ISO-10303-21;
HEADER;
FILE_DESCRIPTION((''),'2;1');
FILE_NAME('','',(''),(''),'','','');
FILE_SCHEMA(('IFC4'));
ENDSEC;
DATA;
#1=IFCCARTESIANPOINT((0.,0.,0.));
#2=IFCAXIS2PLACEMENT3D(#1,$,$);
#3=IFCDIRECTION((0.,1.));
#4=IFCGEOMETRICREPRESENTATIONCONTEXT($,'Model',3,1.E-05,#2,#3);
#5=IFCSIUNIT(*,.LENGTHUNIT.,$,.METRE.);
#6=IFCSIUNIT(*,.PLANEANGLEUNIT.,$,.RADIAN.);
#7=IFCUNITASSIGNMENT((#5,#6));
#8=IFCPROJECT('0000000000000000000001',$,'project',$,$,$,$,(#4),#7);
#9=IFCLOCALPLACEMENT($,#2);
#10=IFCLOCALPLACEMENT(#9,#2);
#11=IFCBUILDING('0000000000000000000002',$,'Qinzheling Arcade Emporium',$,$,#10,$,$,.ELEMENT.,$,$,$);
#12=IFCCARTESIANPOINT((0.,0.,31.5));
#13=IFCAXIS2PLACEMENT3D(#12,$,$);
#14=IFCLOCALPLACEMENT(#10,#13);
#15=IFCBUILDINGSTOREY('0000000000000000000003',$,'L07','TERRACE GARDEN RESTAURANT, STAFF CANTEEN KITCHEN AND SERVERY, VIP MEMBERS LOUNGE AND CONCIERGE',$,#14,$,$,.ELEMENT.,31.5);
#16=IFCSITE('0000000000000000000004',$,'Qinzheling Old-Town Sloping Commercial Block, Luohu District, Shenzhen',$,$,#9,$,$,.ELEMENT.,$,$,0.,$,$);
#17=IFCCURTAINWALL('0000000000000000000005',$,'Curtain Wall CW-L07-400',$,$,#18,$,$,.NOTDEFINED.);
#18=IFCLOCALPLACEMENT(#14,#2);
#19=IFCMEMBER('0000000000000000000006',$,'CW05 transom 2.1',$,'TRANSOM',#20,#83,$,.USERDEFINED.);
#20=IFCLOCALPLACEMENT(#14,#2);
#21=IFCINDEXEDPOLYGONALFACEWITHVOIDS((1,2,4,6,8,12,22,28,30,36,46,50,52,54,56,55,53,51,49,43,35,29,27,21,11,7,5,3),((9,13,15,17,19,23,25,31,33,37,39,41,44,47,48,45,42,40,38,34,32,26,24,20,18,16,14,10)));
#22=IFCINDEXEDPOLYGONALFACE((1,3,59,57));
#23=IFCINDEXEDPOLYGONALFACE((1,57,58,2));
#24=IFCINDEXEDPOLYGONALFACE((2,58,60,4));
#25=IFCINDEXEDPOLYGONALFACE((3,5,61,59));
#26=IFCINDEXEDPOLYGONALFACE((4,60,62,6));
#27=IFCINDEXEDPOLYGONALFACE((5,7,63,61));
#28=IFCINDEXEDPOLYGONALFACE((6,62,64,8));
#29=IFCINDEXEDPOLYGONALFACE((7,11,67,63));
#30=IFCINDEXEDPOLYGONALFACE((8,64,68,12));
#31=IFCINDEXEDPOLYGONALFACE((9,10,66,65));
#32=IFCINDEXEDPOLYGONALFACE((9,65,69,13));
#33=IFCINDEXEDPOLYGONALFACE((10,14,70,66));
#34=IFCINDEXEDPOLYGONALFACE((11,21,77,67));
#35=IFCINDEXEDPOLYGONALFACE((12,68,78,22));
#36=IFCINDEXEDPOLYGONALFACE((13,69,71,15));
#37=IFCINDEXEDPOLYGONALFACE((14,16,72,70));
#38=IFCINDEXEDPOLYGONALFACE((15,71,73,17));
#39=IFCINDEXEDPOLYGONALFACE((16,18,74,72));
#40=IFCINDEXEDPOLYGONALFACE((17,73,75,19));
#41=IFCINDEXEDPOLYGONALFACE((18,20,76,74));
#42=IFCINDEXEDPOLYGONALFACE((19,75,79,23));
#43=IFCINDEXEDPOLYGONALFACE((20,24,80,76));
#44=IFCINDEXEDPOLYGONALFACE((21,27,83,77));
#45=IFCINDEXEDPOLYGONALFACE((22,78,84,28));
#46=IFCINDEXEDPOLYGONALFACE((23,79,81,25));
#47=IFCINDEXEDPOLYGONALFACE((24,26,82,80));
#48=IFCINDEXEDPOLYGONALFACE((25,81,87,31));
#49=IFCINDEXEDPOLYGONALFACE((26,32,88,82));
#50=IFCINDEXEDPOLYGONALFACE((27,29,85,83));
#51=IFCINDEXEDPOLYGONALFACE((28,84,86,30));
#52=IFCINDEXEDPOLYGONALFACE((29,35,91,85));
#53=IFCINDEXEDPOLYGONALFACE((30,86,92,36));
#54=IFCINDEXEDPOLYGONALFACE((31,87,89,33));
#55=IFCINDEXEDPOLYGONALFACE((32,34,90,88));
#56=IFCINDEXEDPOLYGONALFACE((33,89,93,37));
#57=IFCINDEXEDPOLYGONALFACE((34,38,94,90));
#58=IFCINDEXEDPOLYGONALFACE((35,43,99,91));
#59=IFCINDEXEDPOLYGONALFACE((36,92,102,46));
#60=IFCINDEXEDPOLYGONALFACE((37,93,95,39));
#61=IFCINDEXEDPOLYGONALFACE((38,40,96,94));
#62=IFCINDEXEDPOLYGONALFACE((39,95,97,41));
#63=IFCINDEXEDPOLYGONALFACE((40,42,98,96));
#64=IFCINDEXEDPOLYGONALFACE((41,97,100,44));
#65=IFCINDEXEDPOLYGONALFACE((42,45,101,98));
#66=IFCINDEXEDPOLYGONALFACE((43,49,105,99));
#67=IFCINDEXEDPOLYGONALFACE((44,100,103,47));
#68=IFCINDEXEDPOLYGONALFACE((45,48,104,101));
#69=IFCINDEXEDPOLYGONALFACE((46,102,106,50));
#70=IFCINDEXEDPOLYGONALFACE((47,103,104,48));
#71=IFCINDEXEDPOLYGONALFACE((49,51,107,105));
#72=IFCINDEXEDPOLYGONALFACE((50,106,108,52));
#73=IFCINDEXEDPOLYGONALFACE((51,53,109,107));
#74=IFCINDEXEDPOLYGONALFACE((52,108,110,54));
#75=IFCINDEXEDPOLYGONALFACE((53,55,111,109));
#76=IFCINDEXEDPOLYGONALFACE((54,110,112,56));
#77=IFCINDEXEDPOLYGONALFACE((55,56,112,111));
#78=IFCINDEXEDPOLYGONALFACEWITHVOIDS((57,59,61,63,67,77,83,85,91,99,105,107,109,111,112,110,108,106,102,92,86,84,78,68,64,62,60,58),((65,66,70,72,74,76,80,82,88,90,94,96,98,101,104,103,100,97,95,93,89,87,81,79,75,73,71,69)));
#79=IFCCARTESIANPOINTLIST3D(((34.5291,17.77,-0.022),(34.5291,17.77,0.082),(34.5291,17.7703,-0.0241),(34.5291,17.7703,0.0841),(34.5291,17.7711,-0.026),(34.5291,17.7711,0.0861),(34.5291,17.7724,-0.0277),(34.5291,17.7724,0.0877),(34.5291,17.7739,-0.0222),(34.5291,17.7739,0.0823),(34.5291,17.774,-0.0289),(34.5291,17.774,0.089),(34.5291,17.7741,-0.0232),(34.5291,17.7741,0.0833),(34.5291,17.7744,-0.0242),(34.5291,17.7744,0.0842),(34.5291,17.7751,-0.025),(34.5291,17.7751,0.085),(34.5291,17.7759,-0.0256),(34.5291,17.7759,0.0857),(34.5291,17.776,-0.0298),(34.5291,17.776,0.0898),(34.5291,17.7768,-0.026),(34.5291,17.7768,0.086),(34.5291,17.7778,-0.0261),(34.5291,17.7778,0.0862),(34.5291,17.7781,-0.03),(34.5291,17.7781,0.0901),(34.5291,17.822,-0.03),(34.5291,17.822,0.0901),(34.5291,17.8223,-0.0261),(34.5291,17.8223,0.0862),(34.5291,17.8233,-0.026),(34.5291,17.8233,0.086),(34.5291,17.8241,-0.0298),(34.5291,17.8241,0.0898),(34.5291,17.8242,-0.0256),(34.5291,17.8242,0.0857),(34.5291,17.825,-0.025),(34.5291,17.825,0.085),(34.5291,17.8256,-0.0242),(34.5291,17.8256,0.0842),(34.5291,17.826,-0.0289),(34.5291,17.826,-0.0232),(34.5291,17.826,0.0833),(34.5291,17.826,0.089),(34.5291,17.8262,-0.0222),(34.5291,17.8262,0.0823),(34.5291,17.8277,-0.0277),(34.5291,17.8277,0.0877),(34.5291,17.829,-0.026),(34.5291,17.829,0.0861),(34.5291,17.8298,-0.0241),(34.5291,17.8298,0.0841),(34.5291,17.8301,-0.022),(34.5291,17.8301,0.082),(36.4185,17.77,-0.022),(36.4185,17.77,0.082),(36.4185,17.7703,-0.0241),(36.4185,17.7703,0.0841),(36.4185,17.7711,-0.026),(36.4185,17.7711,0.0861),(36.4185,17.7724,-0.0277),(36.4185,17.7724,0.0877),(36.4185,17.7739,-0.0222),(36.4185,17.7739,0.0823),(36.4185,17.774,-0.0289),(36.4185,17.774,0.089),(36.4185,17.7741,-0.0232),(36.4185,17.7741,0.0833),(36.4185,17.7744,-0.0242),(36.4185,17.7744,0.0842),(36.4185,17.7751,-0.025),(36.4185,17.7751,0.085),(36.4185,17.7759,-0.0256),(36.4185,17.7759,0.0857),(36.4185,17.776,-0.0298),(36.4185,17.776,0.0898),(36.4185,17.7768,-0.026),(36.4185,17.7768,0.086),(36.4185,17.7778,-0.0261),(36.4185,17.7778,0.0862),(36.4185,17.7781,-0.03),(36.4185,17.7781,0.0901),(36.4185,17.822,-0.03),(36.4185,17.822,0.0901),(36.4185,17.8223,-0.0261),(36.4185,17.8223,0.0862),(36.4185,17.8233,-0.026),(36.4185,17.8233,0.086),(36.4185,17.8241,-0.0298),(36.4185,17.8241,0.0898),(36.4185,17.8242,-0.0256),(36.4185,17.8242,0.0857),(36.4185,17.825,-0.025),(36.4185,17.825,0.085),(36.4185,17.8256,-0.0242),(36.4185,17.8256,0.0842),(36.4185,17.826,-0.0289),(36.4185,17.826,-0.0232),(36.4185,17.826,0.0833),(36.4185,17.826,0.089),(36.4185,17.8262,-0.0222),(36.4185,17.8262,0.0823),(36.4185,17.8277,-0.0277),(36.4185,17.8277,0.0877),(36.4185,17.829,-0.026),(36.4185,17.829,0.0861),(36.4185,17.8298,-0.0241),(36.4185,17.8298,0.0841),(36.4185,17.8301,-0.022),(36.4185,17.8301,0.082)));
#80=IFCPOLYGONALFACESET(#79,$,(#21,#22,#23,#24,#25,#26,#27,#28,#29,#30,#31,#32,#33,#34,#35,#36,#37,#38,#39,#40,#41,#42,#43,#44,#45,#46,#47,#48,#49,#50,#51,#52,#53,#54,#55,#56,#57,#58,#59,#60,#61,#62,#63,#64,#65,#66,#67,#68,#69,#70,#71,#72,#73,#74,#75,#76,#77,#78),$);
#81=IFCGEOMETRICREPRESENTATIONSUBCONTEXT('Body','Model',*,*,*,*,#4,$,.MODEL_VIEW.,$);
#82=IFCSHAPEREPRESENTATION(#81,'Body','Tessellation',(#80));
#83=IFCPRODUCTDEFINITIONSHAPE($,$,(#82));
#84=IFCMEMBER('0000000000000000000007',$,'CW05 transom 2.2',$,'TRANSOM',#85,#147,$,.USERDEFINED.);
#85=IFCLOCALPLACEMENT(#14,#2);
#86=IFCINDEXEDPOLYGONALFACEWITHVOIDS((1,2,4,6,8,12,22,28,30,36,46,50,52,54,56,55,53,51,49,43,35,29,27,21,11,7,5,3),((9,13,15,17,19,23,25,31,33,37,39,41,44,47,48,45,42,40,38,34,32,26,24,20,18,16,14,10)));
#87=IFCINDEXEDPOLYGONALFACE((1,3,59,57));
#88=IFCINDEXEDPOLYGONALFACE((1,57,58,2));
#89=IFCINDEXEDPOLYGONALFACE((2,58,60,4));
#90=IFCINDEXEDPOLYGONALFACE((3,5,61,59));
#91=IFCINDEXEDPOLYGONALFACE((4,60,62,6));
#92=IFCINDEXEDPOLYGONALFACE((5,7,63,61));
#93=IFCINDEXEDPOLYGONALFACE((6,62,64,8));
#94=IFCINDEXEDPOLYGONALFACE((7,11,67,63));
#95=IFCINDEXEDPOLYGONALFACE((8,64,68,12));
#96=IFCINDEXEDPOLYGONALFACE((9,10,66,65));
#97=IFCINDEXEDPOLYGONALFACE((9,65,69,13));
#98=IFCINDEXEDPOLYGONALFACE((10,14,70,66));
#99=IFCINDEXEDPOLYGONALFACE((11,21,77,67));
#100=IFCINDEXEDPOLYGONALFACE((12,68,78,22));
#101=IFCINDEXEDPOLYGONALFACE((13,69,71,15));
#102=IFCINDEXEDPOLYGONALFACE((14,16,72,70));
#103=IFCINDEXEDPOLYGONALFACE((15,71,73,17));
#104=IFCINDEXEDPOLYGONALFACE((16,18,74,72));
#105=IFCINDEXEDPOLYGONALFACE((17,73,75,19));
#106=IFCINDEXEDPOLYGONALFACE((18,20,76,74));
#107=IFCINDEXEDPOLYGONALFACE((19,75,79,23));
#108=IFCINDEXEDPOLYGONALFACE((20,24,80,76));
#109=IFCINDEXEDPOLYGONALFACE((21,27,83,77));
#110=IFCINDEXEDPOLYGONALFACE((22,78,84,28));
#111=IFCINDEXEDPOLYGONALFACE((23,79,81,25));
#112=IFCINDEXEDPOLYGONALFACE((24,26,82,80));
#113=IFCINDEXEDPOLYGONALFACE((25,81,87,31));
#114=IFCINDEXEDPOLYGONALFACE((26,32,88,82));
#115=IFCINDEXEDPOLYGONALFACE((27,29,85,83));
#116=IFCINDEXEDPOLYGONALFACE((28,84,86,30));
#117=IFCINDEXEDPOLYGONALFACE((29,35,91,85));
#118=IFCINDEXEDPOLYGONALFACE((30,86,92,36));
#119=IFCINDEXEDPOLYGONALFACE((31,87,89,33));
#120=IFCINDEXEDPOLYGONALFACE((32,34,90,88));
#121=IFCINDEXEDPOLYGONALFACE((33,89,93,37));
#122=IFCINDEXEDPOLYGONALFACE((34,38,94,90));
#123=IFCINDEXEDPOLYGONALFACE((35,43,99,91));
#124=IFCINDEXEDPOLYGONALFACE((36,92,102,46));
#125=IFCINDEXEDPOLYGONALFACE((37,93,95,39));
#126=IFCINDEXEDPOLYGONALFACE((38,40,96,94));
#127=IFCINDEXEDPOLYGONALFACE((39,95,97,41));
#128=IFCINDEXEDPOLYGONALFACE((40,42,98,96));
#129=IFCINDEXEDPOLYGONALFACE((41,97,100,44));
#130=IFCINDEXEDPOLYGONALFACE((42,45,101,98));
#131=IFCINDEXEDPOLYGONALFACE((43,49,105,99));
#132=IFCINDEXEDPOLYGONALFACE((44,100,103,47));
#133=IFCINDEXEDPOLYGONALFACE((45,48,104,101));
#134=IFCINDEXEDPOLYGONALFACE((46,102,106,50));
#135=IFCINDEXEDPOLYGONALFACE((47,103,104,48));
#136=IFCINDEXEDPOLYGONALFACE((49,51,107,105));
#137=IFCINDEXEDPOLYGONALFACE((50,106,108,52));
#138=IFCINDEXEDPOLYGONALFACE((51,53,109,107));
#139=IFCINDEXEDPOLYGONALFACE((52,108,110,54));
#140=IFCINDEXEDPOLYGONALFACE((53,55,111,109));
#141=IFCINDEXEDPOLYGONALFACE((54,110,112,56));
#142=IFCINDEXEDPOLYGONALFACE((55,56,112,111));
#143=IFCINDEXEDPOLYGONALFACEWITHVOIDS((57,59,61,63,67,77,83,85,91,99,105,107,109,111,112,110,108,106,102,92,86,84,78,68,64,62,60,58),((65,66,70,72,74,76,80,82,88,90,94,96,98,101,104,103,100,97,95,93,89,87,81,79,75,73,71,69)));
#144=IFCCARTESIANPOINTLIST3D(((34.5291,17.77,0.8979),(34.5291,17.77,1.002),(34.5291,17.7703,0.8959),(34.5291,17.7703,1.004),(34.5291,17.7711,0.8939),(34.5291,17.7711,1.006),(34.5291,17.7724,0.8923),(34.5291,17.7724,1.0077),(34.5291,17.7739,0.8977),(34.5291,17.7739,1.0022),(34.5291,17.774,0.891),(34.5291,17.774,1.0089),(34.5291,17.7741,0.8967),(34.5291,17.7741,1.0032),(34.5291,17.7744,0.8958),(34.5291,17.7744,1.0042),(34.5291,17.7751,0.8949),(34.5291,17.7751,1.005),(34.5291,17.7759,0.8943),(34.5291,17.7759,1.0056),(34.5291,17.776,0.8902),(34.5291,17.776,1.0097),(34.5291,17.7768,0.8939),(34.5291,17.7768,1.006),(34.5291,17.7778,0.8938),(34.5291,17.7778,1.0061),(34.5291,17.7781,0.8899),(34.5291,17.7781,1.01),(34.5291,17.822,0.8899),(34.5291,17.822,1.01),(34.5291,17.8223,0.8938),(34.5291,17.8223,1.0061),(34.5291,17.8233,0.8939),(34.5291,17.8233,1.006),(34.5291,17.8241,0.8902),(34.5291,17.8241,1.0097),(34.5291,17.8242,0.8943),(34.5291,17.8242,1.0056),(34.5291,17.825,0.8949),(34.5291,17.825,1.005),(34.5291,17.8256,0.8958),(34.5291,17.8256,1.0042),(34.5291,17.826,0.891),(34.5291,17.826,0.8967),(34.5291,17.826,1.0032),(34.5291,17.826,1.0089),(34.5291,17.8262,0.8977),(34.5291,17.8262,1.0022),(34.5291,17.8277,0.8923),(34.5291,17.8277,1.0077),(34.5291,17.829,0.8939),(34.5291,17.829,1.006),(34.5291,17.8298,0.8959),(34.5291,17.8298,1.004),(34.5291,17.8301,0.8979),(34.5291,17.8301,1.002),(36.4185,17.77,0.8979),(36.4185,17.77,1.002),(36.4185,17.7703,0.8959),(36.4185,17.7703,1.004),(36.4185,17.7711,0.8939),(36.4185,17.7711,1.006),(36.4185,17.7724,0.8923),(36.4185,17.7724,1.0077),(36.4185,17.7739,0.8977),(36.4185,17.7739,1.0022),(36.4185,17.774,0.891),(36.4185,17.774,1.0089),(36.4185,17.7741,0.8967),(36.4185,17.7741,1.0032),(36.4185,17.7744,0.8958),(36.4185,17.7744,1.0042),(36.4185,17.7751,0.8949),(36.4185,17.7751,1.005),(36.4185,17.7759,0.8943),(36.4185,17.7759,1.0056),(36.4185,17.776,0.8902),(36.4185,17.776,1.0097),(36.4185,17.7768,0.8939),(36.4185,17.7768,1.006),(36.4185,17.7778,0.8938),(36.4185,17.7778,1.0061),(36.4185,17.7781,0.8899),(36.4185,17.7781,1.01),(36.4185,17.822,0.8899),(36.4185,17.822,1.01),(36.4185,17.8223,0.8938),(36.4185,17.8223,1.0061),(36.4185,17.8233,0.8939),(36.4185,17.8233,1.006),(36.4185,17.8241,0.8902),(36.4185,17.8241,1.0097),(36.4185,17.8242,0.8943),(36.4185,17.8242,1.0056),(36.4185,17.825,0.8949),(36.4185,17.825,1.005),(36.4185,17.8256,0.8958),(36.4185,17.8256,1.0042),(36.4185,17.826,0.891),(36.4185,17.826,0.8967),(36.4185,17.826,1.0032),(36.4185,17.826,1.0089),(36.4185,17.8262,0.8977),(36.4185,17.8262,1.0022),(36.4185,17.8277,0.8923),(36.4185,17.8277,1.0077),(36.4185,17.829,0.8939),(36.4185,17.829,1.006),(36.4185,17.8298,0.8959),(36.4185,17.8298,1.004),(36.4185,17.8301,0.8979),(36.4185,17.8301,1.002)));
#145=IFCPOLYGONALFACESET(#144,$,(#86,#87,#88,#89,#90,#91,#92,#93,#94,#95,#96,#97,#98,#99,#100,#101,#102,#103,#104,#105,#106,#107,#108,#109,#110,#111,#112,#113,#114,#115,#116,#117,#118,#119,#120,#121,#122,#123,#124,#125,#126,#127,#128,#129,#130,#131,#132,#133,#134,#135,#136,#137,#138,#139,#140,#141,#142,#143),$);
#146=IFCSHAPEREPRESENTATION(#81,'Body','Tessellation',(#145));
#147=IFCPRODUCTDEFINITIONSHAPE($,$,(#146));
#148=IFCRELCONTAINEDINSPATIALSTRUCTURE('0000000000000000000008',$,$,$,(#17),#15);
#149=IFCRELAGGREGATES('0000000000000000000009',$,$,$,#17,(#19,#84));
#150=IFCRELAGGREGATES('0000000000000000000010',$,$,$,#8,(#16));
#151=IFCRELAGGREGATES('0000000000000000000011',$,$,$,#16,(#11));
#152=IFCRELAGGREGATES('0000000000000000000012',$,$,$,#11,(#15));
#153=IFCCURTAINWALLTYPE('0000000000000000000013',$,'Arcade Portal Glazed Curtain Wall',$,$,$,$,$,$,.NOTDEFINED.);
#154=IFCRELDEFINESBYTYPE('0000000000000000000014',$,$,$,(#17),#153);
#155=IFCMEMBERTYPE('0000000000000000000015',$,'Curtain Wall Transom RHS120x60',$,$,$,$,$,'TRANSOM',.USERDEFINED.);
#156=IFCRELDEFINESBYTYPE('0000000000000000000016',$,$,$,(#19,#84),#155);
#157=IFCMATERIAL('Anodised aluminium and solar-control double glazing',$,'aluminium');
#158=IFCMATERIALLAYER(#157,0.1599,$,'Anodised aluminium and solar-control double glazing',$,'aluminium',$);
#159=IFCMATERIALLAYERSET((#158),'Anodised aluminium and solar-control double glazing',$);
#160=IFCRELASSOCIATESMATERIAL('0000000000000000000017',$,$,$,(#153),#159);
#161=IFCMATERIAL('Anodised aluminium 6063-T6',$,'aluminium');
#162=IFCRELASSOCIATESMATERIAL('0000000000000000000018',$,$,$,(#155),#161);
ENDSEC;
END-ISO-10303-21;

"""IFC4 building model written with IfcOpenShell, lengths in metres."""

from ifc_helpers import new_model, si_unit, direction, frame, origin, origin_2d, place, context, subcontext, project, spatial, hollow_rectangle, extrude, material, layer, layer_set, material_profile, profile_set, type_object, element, aggregate, save


model = new_model("IFC4")

# Units and contexts
model_context = context("Model", 3, precision=1e-05, world=origin(), true_north=direction((0.0, 1.0)))
body_context = subcontext(model_context, "Body", "Model", "MODEL_VIEW")
ifc_project = project(units=[si_unit("LENGTHUNIT", "METRE"), si_unit("PLANEANGLEUNIT", "RADIAN")], contexts=[model_context])

# Site, building, storey
site_placement = place(None, origin())
site = spatial("IfcSite", under=ifc_project, at=site_placement, Name="Qinzheling Old-Town Sloping Commercial Block, Luohu District, Shenzhen", CompositionType="ELEMENT", RefElevation=0.0)
building_placement = place(site_placement, origin())
building = spatial("IfcBuilding", under=site, at=building_placement, Name="Qinzheling Arcade Emporium", CompositionType="ELEMENT")
storey_placement = place(building_placement, frame((0.0, 0.0, 31.5)))
storey = spatial("IfcBuildingStorey", under=building, at=storey_placement, Name="L07", Description="TERRACE GARDEN RESTAURANT, STAFF CANTEEN KITCHEN AND SERVERY, VIP MEMBERS LOUNGE AND CONCIERGE", CompositionType="ELEMENT", Elevation=31.5)

# Shared definitions
ifc_material_1 = material(Name="Anodised aluminium and solar-control double glazing", Category="aluminium")
ifc_layer_1 = layer(ifc_material_1, 0.1599, Name="Anodised aluminium and solar-control double glazing", Category="aluminium")
ifc_layer_set_1 = layer_set([ifc_layer_1], Name="Anodised aluminium and solar-control double glazing")
curtain_wall_type = type_object("IfcCurtainWallType", Name="Arcade Portal Glazed Curtain Wall", PredefinedType="NOTDEFINED", material=ifc_layer_set_1)
ifc_material_2 = material(Name="Anodised aluminium 6063-T6", Category="aluminium")

# Curtain wall, members
curtain_wall_1_placement = place(storey_placement, origin())
curtain_wall_1 = element("IfcCurtainWall", 1, at=curtain_wall_1_placement, inside=storey, type_object=curtain_wall_type, Name="Curtain Wall CW-L07-400", PredefinedType="NOTDEFINED")
ifc_material_profile_1 = material_profile(ifc_material_2, hollow_rectangle(XDim=0.0601, YDim=0.1201, WallThickness=0.0039, InnerFilletRadius=0.0039, OuterFilletRadius=0.0081, at=origin_2d()), Name="RHS 120x60x4", Category="aluminium")
ifc_profile_set_1 = profile_set([ifc_material_profile_1], Name="Anodised aluminium 6063-T6")
member_type_1 = type_object("IfcMemberType", Name="Curtain Wall Transom RHS120x60", ElementType="TRANSOM", PredefinedType="USERDEFINED", material=ifc_profile_set_1)
member_1_placement = place(storey_placement, frame((36.4185, 17.8, 0.03), z_axis=(-1.0, 0.0, 0.0), x_axis=(0.0, -1.0, 0.0)))
member_1 = element("IfcMember", 2, at=member_1_placement, type_object=member_type_1, Name="CW05 transom 2.1", ObjectType="TRANSOM", PredefinedType="USERDEFINED", context=body_context, shape_type="SweptSolid", body=[
    extrude(hollow_rectangle(XDim=0.0601, YDim=0.1201, WallThickness=0.0039, InnerFilletRadius=0.0039, OuterFilletRadius=0.0081, at=origin_2d()), origin(), (0.0, 0.0, 1.0), 1.8894),
])
member_2_placement = place(storey_placement, frame((36.4185, 17.8, 0.95), z_axis=(-1.0, 0.0, 0.0), x_axis=(0.0, -1.0, 0.0)))
member_2 = element("IfcMember", 3, at=member_2_placement, type_object=member_type_1, Name="CW05 transom 2.2", ObjectType="TRANSOM", PredefinedType="USERDEFINED", context=body_context, shape_type="SweptSolid", body=[
    extrude(hollow_rectangle(XDim=0.0601, YDim=0.1201, WallThickness=0.0039, InnerFilletRadius=0.0039, OuterFilletRadius=0.0081, at=origin_2d()), origin(), (0.0, 0.0, 1.0), 1.8894),
])

aggregate(curtain_wall_1, [member_1, member_2])

save(model, "model.ifc")
